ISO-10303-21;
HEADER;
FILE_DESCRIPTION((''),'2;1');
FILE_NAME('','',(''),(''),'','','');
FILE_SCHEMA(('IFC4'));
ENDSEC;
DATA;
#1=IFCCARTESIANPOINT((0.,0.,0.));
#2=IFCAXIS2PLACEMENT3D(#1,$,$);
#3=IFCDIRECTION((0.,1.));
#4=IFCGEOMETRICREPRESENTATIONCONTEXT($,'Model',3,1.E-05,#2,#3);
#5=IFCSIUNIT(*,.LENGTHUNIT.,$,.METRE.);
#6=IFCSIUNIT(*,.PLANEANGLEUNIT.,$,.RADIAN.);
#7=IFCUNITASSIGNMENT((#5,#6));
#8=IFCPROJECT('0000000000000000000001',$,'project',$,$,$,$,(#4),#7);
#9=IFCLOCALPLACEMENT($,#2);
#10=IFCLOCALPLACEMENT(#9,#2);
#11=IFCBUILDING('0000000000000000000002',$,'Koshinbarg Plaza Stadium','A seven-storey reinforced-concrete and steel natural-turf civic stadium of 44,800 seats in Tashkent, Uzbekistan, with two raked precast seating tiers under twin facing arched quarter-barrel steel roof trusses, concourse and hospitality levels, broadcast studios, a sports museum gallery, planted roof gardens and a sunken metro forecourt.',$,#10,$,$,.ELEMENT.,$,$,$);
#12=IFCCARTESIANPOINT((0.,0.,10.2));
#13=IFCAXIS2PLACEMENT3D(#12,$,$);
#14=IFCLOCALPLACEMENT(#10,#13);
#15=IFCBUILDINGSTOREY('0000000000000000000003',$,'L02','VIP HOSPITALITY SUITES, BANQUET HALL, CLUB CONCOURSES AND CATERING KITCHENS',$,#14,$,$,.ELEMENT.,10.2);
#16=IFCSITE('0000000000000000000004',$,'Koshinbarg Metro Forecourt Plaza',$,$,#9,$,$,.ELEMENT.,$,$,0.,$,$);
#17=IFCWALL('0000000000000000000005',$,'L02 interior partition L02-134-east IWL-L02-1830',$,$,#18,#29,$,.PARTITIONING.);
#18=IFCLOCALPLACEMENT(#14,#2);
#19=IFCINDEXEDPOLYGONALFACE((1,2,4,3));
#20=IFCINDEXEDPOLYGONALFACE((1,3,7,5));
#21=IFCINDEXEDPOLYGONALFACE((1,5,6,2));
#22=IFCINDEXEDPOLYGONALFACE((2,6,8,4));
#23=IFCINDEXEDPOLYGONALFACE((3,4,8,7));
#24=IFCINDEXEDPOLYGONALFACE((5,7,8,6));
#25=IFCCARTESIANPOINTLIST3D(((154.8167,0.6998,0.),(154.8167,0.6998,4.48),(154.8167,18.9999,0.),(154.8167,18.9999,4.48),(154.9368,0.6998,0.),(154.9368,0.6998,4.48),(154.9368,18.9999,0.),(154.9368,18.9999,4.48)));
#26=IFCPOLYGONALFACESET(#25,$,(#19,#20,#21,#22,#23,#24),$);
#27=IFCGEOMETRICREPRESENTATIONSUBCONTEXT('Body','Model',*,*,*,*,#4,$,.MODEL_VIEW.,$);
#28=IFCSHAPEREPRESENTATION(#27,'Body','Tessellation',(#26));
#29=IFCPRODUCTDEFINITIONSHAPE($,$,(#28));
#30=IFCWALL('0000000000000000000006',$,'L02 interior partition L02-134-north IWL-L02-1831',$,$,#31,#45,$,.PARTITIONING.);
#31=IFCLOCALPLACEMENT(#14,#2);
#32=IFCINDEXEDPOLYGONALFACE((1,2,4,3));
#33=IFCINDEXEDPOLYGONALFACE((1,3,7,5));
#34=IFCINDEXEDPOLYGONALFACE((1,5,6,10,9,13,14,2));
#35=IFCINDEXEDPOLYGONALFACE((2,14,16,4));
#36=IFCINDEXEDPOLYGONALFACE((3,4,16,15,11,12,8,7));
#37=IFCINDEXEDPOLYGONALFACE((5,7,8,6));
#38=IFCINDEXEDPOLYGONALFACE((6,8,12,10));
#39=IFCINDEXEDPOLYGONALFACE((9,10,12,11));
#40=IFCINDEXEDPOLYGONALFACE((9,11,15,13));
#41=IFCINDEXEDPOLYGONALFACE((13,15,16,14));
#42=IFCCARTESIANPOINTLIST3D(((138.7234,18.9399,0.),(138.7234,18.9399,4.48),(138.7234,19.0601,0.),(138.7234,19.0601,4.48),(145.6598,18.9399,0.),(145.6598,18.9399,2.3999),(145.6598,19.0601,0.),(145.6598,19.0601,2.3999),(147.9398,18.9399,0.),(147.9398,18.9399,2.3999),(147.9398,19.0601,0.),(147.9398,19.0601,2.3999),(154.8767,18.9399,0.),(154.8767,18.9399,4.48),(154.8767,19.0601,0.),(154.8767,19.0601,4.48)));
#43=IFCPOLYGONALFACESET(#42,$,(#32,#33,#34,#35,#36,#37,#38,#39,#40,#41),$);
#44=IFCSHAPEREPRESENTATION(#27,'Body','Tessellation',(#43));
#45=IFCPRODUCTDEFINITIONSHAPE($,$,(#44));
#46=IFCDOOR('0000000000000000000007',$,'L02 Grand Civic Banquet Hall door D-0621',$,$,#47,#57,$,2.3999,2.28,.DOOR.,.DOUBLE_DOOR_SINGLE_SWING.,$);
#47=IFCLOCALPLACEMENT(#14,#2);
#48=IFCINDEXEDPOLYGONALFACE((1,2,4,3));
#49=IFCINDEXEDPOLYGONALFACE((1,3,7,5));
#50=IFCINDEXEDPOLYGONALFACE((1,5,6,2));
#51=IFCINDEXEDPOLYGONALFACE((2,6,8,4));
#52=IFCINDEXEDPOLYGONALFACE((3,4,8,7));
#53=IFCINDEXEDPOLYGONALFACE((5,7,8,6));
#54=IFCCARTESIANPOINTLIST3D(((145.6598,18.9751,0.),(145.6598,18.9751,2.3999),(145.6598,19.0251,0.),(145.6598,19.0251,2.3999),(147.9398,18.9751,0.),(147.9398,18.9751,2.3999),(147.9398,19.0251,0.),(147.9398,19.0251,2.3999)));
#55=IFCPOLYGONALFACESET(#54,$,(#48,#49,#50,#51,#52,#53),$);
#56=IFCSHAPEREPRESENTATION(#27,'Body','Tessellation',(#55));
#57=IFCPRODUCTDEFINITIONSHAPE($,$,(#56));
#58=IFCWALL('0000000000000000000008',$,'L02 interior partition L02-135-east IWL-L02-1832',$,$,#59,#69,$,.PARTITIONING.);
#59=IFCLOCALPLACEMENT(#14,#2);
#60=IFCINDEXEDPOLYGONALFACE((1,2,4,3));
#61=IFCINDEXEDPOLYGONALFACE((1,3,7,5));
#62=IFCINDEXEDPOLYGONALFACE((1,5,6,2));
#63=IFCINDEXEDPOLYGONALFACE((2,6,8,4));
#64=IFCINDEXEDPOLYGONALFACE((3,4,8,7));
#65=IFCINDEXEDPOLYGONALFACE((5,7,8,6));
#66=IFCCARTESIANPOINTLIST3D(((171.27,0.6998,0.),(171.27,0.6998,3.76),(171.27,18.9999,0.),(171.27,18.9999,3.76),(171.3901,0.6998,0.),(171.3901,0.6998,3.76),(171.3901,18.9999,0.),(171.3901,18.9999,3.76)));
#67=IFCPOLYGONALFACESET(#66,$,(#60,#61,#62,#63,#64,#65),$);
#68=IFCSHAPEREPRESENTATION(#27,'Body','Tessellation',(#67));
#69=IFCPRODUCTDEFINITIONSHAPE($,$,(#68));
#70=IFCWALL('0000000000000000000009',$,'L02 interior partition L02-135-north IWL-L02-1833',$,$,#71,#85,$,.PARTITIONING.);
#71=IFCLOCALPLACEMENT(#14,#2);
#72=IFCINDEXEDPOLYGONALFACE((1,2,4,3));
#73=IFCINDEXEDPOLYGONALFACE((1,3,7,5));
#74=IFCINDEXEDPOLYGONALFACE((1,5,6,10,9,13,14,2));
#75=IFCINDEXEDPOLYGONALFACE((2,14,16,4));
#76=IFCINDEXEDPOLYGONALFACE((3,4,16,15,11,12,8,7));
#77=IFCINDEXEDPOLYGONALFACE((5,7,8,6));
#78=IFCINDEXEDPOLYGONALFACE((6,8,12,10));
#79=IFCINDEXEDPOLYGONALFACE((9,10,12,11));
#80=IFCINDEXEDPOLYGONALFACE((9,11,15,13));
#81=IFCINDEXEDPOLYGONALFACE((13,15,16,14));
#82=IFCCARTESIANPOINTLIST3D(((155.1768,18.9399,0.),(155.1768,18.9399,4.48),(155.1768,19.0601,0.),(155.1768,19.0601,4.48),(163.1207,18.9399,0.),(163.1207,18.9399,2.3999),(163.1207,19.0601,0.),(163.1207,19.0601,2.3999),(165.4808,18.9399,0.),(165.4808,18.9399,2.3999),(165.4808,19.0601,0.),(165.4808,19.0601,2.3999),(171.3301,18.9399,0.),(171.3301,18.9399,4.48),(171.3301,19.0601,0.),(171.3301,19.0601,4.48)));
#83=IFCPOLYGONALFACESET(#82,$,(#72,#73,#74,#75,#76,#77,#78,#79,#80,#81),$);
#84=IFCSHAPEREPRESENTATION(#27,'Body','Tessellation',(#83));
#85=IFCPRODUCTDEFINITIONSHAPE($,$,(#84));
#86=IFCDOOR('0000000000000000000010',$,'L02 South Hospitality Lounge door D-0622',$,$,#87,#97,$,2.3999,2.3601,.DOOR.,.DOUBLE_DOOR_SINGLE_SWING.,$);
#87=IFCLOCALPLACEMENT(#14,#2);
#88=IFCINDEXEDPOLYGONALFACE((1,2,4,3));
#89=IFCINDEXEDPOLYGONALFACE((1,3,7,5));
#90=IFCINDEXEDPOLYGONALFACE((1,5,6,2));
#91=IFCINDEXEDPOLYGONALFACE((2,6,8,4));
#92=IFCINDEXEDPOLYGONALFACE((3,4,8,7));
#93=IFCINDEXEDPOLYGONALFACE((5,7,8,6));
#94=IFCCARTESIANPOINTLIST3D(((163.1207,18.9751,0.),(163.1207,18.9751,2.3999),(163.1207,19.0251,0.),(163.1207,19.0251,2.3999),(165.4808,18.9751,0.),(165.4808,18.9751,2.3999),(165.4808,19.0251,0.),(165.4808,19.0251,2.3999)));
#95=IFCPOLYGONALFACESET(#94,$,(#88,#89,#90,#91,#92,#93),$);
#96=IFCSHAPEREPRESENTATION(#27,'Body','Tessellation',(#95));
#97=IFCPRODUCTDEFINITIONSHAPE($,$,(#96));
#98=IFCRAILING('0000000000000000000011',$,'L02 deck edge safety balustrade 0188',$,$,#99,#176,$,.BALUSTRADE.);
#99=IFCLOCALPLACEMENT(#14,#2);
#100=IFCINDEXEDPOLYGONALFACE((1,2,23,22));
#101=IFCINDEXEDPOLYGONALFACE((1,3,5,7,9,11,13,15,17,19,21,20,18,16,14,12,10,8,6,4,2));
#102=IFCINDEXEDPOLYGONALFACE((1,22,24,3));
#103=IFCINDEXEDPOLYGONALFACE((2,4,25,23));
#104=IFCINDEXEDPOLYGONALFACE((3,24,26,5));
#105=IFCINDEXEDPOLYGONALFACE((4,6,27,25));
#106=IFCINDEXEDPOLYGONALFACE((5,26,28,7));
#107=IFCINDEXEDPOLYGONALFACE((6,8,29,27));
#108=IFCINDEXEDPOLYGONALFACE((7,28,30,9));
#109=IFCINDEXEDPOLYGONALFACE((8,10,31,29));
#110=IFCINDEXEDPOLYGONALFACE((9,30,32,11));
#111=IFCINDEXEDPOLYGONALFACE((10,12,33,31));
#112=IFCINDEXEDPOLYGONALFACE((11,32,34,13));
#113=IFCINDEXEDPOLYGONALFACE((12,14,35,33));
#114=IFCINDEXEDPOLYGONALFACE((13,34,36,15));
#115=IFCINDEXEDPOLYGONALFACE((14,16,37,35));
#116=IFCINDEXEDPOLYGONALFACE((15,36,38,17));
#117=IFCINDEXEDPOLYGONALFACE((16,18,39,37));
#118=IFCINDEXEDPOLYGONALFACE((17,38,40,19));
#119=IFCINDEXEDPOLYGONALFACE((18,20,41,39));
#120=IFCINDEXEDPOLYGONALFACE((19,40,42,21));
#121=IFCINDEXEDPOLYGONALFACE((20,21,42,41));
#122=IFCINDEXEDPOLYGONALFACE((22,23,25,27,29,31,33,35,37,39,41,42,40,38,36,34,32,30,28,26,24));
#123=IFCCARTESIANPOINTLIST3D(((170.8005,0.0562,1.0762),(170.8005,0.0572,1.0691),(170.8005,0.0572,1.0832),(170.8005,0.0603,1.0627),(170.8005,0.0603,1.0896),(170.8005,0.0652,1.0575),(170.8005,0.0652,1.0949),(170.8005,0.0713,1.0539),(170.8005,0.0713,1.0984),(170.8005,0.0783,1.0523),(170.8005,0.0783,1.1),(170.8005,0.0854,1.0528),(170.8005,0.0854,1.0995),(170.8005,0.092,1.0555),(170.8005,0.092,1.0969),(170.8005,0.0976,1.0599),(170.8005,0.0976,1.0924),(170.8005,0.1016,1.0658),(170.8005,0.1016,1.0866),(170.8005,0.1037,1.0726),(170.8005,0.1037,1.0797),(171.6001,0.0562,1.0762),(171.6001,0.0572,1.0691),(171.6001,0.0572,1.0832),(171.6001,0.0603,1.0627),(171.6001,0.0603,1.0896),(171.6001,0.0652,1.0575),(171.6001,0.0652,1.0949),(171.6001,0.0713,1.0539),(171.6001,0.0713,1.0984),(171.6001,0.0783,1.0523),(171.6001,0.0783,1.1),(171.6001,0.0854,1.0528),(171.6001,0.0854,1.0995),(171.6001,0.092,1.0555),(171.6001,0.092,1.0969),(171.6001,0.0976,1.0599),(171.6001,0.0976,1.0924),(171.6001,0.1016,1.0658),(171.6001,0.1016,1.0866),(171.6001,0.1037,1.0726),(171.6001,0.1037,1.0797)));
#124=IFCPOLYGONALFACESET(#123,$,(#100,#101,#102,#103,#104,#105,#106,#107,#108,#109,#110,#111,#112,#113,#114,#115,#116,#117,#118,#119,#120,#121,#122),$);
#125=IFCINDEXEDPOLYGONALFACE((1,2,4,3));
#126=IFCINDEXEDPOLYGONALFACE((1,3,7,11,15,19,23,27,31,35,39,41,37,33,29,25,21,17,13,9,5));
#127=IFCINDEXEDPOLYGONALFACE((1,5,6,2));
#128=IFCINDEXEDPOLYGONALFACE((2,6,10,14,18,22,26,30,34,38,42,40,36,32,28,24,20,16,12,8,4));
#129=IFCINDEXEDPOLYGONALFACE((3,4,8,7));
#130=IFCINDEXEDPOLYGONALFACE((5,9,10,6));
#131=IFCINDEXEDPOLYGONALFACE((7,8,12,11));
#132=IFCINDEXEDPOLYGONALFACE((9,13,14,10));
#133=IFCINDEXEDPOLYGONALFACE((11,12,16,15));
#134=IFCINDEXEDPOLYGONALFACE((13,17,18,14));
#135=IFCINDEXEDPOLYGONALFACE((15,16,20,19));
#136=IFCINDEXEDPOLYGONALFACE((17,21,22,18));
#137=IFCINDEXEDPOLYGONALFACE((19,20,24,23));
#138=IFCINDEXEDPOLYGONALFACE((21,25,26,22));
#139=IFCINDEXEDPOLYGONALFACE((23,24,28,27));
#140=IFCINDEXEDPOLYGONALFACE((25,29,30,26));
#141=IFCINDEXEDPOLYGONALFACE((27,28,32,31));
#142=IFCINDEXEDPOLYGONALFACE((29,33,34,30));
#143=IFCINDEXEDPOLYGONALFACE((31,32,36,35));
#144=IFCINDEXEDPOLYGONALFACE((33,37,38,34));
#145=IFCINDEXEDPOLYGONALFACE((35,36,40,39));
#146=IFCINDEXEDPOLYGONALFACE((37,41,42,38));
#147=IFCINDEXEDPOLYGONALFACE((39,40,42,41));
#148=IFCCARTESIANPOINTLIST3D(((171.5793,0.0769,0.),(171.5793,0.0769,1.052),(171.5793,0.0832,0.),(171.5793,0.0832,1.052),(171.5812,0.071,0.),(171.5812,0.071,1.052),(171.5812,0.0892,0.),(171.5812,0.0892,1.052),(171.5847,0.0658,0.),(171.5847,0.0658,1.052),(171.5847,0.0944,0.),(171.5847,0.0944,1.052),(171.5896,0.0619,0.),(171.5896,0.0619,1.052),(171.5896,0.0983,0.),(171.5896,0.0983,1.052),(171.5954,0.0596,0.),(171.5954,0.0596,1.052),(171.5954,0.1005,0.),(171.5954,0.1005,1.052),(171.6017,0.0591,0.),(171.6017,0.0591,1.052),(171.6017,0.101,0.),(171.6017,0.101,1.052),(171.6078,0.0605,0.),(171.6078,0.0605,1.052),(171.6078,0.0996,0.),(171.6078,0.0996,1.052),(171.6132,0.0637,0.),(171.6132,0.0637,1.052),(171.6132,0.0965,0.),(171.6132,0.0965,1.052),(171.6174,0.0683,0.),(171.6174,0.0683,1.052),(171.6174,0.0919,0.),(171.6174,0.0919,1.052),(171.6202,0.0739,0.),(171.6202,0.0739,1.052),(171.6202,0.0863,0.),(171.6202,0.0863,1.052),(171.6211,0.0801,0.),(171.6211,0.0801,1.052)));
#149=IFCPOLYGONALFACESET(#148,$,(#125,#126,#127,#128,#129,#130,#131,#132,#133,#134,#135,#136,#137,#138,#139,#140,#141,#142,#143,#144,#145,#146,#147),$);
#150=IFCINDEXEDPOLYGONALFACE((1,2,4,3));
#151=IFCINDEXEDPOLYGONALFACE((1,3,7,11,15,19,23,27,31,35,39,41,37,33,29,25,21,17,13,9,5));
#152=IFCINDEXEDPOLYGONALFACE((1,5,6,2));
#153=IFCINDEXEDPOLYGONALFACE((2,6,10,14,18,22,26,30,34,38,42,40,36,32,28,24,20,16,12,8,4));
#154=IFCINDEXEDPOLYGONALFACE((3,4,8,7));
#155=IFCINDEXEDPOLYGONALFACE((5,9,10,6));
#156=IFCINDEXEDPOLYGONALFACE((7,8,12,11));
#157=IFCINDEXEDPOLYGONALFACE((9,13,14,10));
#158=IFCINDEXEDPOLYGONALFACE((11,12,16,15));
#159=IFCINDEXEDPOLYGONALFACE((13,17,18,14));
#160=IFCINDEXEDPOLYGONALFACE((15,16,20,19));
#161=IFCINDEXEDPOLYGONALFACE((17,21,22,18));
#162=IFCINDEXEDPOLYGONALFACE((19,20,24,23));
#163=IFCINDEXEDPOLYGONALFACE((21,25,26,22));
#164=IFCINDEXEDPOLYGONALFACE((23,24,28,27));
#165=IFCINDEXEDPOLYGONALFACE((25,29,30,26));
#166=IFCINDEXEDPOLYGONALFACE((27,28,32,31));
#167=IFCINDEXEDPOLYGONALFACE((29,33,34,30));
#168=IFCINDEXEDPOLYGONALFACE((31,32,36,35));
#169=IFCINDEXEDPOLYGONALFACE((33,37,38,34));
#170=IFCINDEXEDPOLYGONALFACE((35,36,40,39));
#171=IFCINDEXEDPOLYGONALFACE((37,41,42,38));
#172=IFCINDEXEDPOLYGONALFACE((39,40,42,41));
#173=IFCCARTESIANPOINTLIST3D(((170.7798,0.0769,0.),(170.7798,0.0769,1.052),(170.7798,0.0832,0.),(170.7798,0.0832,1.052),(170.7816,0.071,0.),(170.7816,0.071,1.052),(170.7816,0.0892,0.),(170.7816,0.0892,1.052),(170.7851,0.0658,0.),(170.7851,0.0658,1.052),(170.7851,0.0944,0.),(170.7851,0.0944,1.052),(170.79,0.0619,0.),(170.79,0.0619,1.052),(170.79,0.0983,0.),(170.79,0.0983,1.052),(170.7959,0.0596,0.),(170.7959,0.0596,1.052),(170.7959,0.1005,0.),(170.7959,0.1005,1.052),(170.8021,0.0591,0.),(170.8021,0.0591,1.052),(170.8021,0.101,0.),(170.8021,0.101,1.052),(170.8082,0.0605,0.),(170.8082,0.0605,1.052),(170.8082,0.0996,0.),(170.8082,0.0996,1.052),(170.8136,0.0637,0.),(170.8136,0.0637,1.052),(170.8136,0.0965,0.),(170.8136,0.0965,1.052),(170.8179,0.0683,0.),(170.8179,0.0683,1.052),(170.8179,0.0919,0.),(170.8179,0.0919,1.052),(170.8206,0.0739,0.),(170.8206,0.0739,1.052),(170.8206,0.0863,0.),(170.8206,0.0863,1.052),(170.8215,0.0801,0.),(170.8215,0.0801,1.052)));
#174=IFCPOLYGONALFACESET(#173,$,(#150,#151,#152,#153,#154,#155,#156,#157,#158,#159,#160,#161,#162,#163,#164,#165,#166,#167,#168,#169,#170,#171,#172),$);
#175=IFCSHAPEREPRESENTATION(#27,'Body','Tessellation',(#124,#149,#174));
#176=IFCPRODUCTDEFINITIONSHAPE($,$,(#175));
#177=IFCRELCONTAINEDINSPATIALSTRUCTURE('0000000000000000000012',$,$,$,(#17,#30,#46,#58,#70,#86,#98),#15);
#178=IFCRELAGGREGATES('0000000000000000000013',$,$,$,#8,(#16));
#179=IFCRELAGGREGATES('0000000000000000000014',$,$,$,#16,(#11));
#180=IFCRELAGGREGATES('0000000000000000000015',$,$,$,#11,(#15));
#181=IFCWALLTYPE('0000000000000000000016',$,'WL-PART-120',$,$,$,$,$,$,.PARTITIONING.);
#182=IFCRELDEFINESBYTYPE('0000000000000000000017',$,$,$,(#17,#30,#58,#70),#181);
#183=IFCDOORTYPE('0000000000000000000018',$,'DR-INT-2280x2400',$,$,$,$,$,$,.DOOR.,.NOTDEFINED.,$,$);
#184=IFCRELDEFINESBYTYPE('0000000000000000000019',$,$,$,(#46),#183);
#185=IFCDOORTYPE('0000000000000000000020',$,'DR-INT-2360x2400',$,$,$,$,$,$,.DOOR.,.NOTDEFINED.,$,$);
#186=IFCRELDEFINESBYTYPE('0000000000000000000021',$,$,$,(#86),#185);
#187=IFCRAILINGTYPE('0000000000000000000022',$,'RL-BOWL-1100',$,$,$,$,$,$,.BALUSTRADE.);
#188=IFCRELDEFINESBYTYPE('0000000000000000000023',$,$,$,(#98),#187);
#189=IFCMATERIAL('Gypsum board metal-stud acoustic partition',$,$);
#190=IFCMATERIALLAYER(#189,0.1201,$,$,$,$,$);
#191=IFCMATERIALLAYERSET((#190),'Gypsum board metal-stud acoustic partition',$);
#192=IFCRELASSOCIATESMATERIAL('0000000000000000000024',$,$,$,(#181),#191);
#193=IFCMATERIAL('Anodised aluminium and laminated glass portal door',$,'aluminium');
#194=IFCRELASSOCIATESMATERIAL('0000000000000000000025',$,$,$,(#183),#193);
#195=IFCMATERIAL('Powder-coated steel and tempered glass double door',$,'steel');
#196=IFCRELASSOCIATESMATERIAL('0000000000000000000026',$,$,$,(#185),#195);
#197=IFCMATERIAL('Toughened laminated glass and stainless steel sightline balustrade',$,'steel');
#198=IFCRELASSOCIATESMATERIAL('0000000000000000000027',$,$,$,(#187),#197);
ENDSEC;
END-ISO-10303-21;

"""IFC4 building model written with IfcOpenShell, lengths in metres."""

from ifc_helpers import new_model, si_unit, direction, frame, frame_2d, origin, origin_2d, place, context, subcontext, project, spatial, rectangle, circle, extrude, material, layer, layer_set, type_object, element, fill, save


model = new_model("IFC4")

# Units and contexts
model_context = context("Model", 3, precision=1e-05, world=origin(), true_north=direction((0.0, 1.0)))
body_context = subcontext(model_context, "Body", "Model", "MODEL_VIEW")
ifc_project = project(units=[si_unit("LENGTHUNIT", "METRE"), si_unit("PLANEANGLEUNIT", "RADIAN")], contexts=[model_context])

# Site, building, storey
site_placement = place(None, origin())
site = spatial("IfcSite", under=ifc_project, at=site_placement, Name="Koshinbarg Metro Forecourt Plaza", CompositionType="ELEMENT", RefElevation=0.0)
building_placement = place(site_placement, origin())
building = spatial("IfcBuilding", under=site, at=building_placement, Name="Koshinbarg Plaza Stadium", Description="A seven-storey reinforced-concrete and steel natural-turf civic stadium of 44,800 seats in Tashkent, Uzbekistan, with two raked precast seating tiers under twin facing arched quarter-barrel steel roof trusses, concourse and hospitality levels, broadcast studios, a sports museum gallery, planted roof gardens and a sunken metro forecourt.", CompositionType="ELEMENT")
storey_placement = place(building_placement, frame((0.0, 0.0, 10.2)))
storey = spatial("IfcBuildingStorey", under=building, at=storey_placement, Name="L02", Description="VIP HOSPITALITY SUITES, BANQUET HALL, CLUB CONCOURSES AND CATERING KITCHENS", CompositionType="ELEMENT", Elevation=10.2)

# Wall
ifc_material_1 = material(Name="Gypsum board metal-stud acoustic partition")
ifc_layer_1 = layer(ifc_material_1, 0.1201)
ifc_layer_set_1 = layer_set([ifc_layer_1], Name="Gypsum board metal-stud acoustic partition")
wall_type_1 = type_object("IfcWallType", Name="WL-PART-120", PredefinedType="PARTITIONING", material=ifc_layer_set_1)
wall_1_placement = place(storey_placement, frame((154.8767, 0.7, 0.0), z_axis=(0.0, 0.0, 1.0), x_axis=(0.0, 1.0, 0.0)))
element("IfcWall", 1, at=wall_1_placement, inside=storey, type_object=wall_type_1, Name="L02 interior partition L02-134-east IWL-L02-1830", PredefinedType="PARTITIONING", context=body_context, shape_type="SweptSolid", body=[
    extrude(rectangle(XDim=18.3, YDim=0.1201, at=frame_2d((9.1499, 0.0))), origin(), (0.0, 0.0, 1.0), 4.48),
])

# Wall, opening, door
wall_2_placement = place(storey_placement, frame((154.8767, 19.0, 0.0), z_axis=(0.0, 0.0, 1.0), x_axis=(-1.0, 0.0, 0.0)))
wall_2 = element("IfcWall", 2, at=wall_2_placement, inside=storey, type_object=wall_type_1, Name="L02 interior partition L02-134-north IWL-L02-1831", PredefinedType="PARTITIONING", context=body_context, shape_type="SweptSolid", body=[
    extrude(rectangle(XDim=16.1533, YDim=0.1201, at=frame_2d((8.0767, 0.0))), origin(), (0.0, 0.0, 1.0), 4.48),
])
opening_1_placement = place(wall_2_placement, frame((6.9368, 0.0, 0.0)))
opening_1 = element("IfcOpeningElement", 3, at=opening_1_placement, cuts=wall_2, PredefinedType="OPENING", context=body_context, shape_type="SweptSolid", body=[
    extrude(rectangle(XDim=2.28, YDim=2.3999, at=frame_2d((1.1401, 1.2))), frame((0.0, 0.0701, 0.0), z_axis=(0.0, -1.0, 0.0), x_axis=(1.0, 0.0, 0.0)), (0.0, 0.0, 1.0), 0.1401),
])
ifc_material_2 = material(Name="Anodised aluminium and laminated glass portal door", Category="aluminium")
door_type_1 = type_object("IfcDoorType", Name="DR-INT-2280x2400", OperationType="NOTDEFINED", PredefinedType="DOOR", material=ifc_material_2)
door_1_placement = place(opening_1_placement, origin())
door_1 = element("IfcDoor", 4, at=door_1_placement, inside=storey, type_object=door_type_1, Name="L02 Grand Civic Banquet Hall door D-0621", OperationType="DOUBLE_DOOR_SINGLE_SWING", OverallHeight=2.3999, OverallWidth=2.28, PredefinedType="DOOR", context=body_context, shape_type="SweptSolid", body=[
    extrude(rectangle(XDim=2.28, YDim=2.3999, at=frame_2d((1.1401, 1.2))), frame((0.0, 0.0249, 0.0), z_axis=(0.0, -1.0, 0.0), x_axis=(1.0, 0.0, 0.0)), (0.0, 0.0, 1.0), 0.05),
])
fill(opening_1, door_1)

# Wall
wall_3_placement = place(storey_placement, frame((171.3301, 0.7, 0.0), z_axis=(0.0, 0.0, 1.0), x_axis=(0.0, 1.0, 0.0)))
element("IfcWall", 5, at=wall_3_placement, inside=storey, type_object=wall_type_1, Name="L02 interior partition L02-135-east IWL-L02-1832", PredefinedType="PARTITIONING", context=body_context, shape_type="SweptSolid", body=[
    extrude(rectangle(XDim=18.3, YDim=0.1201, at=frame_2d((9.1499, 0.0))), origin(), (0.0, 0.0, 1.0), 3.76),
])

# Wall, opening, door
wall_4_placement = place(storey_placement, frame((171.3301, 19.0, 0.0), z_axis=(0.0, 0.0, 1.0), x_axis=(-1.0, 0.0, 0.0)))
wall_4 = element("IfcWall", 6, at=wall_4_placement, inside=storey, type_object=wall_type_1, Name="L02 interior partition L02-135-north IWL-L02-1833", PredefinedType="PARTITIONING", context=body_context, shape_type="SweptSolid", body=[
    extrude(rectangle(XDim=16.1533, YDim=0.1201, at=frame_2d((8.0767, 0.0))), origin(), (0.0, 0.0, 1.0), 4.48),
])
opening_2_placement = place(wall_4_placement, frame((5.8491, 0.0, 0.0)))
opening_2 = element("IfcOpeningElement", 7, at=opening_2_placement, cuts=wall_4, PredefinedType="OPENING", context=body_context, shape_type="SweptSolid", body=[
    extrude(rectangle(XDim=2.3601, YDim=2.3999, at=frame_2d((1.1802, 1.2))), frame((0.0, 0.0701, 0.0), z_axis=(0.0, -1.0, 0.0), x_axis=(1.0, 0.0, 0.0)), (0.0, 0.0, 1.0), 0.1401),
])
ifc_material_3 = material(Name="Powder-coated steel and tempered glass double door", Category="steel")
door_type_2 = type_object("IfcDoorType", Name="DR-INT-2360x2400", OperationType="NOTDEFINED", PredefinedType="DOOR", material=ifc_material_3)
door_2_placement = place(opening_2_placement, origin())
door_2 = element("IfcDoor", 8, at=door_2_placement, inside=storey, type_object=door_type_2, Name="L02 South Hospitality Lounge door D-0622", OperationType="DOUBLE_DOOR_SINGLE_SWING", OverallHeight=2.3999, OverallWidth=2.3601, PredefinedType="DOOR", context=body_context, shape_type="SweptSolid", body=[
    extrude(rectangle(XDim=2.3601, YDim=2.3999, at=frame_2d((1.1802, 1.2))), frame((0.0, 0.0249, 0.0), z_axis=(0.0, -1.0, 0.0), x_axis=(1.0, 0.0, 0.0)), (0.0, 0.0, 1.0), 0.05),
])
fill(opening_2, door_2)

# Railing
ifc_material_4 = material(Name="Toughened laminated glass and stainless steel sightline balustrade", Category="steel")
railing_type_1 = type_object("IfcRailingType", Name="RL-BOWL-1100", PredefinedType="BALUSTRADE", material=ifc_material_4)
railing_1_placement = place(storey_placement, frame((171.6001, 0.0801, 0.0)))
element("IfcRailing", 9, at=railing_1_placement, inside=storey, type_object=railing_type_1, Name="L02 deck edge safety balustrade 0188", PredefinedType="BALUSTRADE", context=body_context, shape_type="SweptSolid", body=[
    extrude(circle(Radius=0.0239, at=origin_2d()), frame((0.0, 0.0, 1.0762), z_axis=(-1.0, 0.0, 0.0), x_axis=(0.0, -1.0, 0.0)), (0.0, 0.0, 1.0), 0.7996),
    extrude(circle(Radius=0.021, at=origin_2d()), origin(), (0.0, 0.0, 1.0), 1.052),
    extrude(circle(Radius=0.021, at=origin_2d()), frame((-0.7996, 0.0, 0.0)), (0.0, 0.0, 1.0), 1.052),
])

save(model, "model.ifc")
